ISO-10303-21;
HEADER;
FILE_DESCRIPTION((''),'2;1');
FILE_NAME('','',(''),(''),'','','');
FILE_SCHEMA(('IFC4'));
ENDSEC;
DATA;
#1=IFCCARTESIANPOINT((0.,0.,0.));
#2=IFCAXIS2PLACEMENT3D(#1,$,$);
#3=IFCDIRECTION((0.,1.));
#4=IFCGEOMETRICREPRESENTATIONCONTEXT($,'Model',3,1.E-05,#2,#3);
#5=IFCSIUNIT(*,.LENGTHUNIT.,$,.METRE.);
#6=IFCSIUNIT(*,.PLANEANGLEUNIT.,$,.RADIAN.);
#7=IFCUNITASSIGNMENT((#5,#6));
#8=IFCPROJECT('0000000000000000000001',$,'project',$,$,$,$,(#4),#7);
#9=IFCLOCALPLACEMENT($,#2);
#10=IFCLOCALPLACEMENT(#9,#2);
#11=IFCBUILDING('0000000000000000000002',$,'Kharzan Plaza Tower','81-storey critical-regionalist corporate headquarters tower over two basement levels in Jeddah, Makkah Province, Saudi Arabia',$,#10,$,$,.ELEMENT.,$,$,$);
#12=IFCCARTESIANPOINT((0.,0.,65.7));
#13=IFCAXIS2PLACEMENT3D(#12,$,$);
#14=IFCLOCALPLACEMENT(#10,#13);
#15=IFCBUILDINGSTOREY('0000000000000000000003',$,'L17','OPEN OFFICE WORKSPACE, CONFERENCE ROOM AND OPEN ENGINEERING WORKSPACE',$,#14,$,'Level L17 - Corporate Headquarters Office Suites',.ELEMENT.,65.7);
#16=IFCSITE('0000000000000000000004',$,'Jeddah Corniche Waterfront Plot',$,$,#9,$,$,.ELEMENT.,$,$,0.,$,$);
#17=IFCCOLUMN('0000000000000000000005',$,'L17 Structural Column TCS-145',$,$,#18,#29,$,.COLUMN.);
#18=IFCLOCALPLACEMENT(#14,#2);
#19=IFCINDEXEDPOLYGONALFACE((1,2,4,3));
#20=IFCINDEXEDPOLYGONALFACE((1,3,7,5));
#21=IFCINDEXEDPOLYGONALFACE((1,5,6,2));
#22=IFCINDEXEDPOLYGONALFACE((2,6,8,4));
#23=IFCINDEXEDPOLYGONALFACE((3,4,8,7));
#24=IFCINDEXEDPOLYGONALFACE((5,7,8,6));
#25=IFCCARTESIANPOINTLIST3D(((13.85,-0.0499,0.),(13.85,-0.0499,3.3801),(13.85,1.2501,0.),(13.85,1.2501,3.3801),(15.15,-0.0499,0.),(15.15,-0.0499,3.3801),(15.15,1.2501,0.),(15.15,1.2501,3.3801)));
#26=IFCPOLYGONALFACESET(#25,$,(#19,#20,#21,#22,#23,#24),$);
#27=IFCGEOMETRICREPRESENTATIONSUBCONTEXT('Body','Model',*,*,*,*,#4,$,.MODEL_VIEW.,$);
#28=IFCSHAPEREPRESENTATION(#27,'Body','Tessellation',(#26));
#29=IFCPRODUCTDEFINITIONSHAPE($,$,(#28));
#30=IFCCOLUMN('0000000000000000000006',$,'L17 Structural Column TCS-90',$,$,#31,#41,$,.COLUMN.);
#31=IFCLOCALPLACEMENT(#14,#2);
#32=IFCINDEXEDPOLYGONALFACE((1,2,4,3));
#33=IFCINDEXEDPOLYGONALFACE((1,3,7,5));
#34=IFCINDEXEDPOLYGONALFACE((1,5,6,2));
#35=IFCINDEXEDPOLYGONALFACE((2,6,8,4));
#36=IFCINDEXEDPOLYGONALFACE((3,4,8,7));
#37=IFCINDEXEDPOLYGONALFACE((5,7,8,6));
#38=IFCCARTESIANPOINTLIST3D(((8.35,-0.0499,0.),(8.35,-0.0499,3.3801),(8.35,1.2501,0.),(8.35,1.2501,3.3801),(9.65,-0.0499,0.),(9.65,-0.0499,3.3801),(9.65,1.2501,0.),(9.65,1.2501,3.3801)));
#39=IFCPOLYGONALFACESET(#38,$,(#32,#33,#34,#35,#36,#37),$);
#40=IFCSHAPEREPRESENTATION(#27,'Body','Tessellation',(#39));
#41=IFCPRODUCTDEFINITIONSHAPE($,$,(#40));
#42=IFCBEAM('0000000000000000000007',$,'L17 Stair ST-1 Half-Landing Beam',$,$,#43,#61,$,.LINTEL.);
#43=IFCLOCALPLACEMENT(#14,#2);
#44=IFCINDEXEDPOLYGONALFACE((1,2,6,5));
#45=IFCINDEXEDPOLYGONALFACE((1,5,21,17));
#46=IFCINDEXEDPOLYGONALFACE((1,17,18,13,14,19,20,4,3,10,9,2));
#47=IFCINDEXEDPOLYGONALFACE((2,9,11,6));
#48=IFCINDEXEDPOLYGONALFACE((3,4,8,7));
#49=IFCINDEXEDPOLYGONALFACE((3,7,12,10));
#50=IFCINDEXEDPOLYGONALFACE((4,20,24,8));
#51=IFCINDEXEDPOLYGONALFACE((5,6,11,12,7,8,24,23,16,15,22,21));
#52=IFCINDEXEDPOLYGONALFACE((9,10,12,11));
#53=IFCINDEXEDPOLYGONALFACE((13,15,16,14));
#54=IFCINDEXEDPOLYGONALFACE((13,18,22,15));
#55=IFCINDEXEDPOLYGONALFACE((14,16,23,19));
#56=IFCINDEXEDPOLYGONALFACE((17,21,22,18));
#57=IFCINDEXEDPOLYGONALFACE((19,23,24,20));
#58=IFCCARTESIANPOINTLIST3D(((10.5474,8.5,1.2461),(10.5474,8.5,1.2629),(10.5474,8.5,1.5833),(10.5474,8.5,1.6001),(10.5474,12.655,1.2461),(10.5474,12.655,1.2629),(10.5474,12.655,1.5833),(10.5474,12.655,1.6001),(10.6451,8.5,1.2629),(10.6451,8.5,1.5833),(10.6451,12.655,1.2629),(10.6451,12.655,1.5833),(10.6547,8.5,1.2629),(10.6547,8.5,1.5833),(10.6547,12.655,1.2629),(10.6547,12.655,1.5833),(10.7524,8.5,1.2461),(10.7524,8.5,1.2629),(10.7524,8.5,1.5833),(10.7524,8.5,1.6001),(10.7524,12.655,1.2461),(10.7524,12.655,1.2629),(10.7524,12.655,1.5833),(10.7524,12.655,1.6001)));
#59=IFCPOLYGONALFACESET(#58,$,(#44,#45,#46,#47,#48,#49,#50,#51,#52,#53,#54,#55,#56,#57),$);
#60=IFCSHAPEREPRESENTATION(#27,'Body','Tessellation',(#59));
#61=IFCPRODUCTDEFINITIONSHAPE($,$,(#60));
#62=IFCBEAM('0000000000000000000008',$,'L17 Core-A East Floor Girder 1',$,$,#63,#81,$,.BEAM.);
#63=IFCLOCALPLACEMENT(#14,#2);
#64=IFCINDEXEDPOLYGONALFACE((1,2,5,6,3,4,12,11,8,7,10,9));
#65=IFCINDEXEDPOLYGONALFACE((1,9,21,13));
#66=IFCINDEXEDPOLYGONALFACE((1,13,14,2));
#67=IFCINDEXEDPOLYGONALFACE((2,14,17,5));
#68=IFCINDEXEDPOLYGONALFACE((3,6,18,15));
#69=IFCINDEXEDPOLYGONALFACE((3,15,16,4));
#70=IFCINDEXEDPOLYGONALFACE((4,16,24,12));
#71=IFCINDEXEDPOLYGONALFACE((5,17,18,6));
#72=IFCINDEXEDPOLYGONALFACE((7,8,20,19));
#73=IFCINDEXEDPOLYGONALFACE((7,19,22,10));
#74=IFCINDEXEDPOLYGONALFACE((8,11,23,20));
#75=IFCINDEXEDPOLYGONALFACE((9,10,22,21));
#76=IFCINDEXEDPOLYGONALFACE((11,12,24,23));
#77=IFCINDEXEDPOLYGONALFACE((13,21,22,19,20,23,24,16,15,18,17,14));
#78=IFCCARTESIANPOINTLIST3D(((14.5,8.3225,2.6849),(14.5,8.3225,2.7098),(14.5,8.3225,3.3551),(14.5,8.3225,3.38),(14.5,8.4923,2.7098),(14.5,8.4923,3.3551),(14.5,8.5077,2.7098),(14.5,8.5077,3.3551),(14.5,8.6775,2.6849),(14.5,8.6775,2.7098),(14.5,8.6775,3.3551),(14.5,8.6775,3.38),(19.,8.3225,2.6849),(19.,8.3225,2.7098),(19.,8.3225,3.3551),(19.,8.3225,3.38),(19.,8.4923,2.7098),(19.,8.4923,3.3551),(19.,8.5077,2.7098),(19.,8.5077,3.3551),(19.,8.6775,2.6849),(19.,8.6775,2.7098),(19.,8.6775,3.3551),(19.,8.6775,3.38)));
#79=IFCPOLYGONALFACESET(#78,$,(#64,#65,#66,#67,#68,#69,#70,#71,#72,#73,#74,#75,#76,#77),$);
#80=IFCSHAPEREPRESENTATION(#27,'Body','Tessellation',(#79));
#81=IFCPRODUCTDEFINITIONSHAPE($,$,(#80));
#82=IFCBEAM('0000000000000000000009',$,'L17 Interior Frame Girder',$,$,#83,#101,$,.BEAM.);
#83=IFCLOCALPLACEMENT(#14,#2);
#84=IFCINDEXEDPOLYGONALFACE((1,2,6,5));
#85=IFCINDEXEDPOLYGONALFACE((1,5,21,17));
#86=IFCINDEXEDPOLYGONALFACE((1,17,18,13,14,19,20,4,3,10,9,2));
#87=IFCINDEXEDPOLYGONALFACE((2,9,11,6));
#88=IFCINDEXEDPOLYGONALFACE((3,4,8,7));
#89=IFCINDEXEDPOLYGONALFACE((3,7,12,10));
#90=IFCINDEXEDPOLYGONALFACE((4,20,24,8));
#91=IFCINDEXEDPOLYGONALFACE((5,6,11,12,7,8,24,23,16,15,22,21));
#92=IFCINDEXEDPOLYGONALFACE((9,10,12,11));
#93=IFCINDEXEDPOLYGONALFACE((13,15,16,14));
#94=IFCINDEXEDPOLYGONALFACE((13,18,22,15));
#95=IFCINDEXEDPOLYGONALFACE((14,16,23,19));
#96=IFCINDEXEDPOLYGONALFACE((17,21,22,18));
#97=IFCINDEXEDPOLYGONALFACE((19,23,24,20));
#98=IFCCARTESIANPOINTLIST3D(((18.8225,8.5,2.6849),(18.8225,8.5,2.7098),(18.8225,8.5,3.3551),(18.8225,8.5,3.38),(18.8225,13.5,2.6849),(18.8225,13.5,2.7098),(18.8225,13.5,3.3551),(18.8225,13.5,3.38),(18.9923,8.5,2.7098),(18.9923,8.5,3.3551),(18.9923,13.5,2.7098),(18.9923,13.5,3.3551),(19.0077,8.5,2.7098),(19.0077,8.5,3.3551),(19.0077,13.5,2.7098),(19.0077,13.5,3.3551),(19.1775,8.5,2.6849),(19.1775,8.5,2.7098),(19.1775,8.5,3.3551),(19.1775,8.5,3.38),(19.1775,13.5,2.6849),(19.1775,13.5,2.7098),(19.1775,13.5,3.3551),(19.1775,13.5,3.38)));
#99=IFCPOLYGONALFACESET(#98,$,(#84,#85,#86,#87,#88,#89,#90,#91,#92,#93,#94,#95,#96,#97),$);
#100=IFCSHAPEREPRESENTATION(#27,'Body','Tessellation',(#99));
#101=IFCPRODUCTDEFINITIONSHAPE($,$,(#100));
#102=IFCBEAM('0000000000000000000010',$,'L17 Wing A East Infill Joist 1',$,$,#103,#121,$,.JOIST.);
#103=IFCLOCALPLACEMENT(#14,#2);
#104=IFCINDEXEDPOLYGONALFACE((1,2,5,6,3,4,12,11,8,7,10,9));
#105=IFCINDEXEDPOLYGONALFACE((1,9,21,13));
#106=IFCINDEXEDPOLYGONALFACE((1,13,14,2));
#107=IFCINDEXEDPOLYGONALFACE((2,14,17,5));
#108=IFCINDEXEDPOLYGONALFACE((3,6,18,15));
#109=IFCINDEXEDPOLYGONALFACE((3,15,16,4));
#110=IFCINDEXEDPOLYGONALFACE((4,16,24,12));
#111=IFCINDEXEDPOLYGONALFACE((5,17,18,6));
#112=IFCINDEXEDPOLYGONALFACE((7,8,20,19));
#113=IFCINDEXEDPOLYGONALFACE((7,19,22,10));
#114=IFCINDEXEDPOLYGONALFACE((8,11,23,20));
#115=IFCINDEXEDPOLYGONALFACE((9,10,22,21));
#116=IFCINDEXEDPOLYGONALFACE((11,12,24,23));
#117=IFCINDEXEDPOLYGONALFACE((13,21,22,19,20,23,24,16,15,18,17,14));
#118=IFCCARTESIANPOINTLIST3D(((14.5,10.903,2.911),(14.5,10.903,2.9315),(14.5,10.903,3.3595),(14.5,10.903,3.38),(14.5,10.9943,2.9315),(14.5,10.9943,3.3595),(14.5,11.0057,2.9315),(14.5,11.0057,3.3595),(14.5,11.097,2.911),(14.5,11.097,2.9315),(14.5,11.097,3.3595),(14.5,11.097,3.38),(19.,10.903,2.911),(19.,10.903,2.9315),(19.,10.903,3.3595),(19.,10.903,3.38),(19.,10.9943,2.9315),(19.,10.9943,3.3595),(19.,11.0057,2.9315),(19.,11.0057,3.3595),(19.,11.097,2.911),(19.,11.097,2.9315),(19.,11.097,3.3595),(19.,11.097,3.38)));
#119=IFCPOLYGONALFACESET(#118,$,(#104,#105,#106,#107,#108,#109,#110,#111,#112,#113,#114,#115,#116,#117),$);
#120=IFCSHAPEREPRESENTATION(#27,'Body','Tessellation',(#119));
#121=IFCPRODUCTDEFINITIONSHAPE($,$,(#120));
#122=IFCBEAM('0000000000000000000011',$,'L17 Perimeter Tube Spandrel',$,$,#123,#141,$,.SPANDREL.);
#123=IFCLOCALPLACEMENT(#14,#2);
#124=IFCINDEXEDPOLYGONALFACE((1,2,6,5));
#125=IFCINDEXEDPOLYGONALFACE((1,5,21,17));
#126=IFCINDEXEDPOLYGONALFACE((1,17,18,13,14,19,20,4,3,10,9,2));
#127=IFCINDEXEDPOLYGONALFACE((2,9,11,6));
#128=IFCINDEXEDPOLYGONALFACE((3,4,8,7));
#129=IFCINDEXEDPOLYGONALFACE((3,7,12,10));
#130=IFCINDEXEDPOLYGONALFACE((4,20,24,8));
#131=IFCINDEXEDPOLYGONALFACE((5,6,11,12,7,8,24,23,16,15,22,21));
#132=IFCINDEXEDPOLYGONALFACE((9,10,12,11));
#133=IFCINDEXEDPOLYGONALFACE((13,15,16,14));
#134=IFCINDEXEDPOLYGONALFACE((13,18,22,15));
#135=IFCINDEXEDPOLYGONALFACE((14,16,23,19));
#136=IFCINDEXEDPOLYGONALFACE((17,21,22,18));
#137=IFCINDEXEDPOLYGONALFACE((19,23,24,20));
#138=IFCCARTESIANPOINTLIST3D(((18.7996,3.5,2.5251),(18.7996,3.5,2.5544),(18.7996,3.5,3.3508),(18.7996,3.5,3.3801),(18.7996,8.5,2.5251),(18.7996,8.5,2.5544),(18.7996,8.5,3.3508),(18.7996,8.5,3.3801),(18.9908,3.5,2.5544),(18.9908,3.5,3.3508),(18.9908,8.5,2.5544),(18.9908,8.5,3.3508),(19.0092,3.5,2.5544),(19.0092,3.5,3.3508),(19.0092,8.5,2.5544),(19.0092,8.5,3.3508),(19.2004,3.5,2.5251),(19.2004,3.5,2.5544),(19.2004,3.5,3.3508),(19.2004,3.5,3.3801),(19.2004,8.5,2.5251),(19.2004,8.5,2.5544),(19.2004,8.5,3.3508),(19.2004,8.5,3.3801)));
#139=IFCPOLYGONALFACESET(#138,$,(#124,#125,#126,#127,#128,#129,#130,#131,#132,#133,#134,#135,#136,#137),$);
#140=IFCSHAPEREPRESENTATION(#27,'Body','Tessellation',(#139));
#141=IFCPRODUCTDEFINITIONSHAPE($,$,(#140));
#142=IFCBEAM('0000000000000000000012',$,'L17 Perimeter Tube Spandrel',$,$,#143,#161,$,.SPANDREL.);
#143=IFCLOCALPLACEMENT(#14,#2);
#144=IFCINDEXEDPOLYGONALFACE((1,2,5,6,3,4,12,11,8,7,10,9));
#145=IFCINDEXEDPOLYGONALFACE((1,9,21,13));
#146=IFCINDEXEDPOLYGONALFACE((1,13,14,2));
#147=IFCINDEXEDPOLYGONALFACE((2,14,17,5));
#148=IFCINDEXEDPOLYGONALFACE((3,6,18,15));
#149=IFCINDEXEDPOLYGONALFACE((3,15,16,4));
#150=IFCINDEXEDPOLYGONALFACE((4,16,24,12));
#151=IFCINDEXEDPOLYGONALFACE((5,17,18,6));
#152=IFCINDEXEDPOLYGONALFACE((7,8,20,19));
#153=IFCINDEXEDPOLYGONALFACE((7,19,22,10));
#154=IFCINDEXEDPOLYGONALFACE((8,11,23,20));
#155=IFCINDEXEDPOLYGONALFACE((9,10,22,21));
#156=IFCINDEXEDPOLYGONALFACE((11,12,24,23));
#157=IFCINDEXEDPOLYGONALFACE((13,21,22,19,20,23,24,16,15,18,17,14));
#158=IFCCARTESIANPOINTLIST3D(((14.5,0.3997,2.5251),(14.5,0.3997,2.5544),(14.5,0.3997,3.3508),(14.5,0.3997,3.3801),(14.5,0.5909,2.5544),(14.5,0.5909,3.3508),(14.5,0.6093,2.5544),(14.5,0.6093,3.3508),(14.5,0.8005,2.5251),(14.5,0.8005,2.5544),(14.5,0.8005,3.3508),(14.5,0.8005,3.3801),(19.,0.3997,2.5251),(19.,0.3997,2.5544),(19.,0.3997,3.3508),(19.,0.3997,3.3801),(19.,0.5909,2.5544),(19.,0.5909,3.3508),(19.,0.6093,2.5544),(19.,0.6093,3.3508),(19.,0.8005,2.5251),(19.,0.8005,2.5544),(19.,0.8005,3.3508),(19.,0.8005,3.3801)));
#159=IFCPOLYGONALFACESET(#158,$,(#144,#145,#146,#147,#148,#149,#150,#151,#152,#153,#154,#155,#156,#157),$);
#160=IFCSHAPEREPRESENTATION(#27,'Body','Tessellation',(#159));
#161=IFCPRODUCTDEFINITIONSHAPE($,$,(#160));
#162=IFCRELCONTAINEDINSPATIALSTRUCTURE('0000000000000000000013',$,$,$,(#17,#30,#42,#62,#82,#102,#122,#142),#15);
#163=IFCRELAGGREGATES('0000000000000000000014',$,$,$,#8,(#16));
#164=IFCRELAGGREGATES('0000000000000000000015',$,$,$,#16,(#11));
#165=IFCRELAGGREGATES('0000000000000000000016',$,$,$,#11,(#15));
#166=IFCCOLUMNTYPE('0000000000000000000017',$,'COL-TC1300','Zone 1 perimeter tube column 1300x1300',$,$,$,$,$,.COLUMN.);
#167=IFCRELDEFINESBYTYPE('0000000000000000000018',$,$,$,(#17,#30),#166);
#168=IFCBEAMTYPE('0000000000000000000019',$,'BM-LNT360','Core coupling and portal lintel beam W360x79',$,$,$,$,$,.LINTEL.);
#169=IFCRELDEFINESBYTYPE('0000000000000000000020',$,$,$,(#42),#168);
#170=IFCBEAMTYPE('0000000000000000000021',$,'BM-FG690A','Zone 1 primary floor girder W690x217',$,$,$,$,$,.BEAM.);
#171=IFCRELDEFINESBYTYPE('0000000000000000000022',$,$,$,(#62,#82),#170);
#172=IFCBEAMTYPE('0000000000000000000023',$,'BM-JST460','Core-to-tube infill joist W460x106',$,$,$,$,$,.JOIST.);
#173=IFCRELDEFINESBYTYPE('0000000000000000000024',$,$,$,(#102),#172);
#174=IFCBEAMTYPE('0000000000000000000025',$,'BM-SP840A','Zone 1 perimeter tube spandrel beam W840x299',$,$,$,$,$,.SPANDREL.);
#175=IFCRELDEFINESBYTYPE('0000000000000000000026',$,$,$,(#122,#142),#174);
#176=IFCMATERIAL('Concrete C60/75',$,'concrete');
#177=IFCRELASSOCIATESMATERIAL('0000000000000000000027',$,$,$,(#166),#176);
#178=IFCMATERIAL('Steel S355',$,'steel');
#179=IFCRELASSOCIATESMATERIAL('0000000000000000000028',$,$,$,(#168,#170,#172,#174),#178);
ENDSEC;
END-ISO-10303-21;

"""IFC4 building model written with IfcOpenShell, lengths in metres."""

from ifc_helpers import new_model, si_unit, direction, frame, origin, origin_2d, place, context, subcontext, project, spatial, rectangle, i_section, extrude, source, transform, mapped, material, material_profile, profile_set, type_object, element, save


model = new_model("IFC4")

# Units and contexts
model_context = context("Model", 3, precision=1e-05, world=origin(), true_north=direction((0.0, 1.0)))
body_context = subcontext(model_context, "Body", "Model", "MODEL_VIEW")
ifc_project = project(units=[si_unit("LENGTHUNIT", "METRE"), si_unit("PLANEANGLEUNIT", "RADIAN")], contexts=[model_context])

# Site, building, storey
site_placement = place(None, origin())
site = spatial("IfcSite", under=ifc_project, at=site_placement, Name="Jeddah Corniche Waterfront Plot", CompositionType="ELEMENT", RefElevation=0.0)
building_placement = place(site_placement, origin())
building = spatial("IfcBuilding", under=site, at=building_placement, Name="Kharzan Plaza Tower", Description="81-storey critical-regionalist corporate headquarters tower over two basement levels in Jeddah, Makkah Province, Saudi Arabia", CompositionType="ELEMENT")
storey_placement = place(building_placement, frame((0.0, 0.0, 65.7)))
storey = spatial("IfcBuildingStorey", under=building, at=storey_placement, Name="L17", Description="OPEN OFFICE WORKSPACE, CONFERENCE ROOM AND OPEN ENGINEERING WORKSPACE", LongName="Level L17 - Corporate Headquarters Office Suites", CompositionType="ELEMENT", Elevation=65.7)

# Columns
ifc_material_1 = material(Name="Concrete C60/75", Category="concrete")
ifc_material_profile_1 = material_profile(ifc_material_1, rectangle(XDim=1.3, YDim=1.3, at=origin_2d()), Name="RC-TC1300x1300")
ifc_profile_set_1 = profile_set([ifc_material_profile_1], Name="Concrete C60/75")
column_type = type_object("IfcColumnType", Name="COL-TC1300", Description="Zone 1 perimeter tube column 1300x1300", PredefinedType="COLUMN", material=ifc_profile_set_1)
shared_shape_1 = source(origin(), body_context, "Body", "SweptSolid", [
    extrude(rectangle(XDim=1.3, YDim=1.3, at=origin_2d()), origin(), (0.0, 0.0, 1.0), 3.3801),
])
for number, where, z_axis, x_axis, name in (
    (1, (14.5, 0.6001, 0.0), (0.0, 0.0, 1.0), (1.0, 0.0, 0.0), "L17 Structural Column TCS-145"),
    (2, (9.0, 0.6001, 0.0), (0.0, 0.0, 1.0), (1.0, 0.0, 0.0), "L17 Structural Column TCS-90"),
):
    element("IfcColumn", number, at=place(storey_placement, frame(where, z_axis=z_axis, x_axis=x_axis)), inside=storey, type_object=column_type, Name=name, PredefinedType="COLUMN", context=body_context, shape_type="MappedRepresentation", body=[
        mapped(shared_shape_1, transform((0.0, 0.0, 0.0), x_axis=(1.0, 0.0, 0.0), y_axis=(0.0, 1.0, 0.0), z_axis=(0.0, 0.0, 1.0))),
    ])

# Beams
ifc_material_2 = material(Name="Steel S355", Category="steel")
ifc_material_profile_2 = material_profile(ifc_material_2, i_section(OverallWidth=0.2051, OverallDepth=0.354, WebThickness=0.0095, FlangeThickness=0.0168, at=origin_2d()), Name="W360x79")
ifc_profile_set_2 = profile_set([ifc_material_profile_2], Name="Steel S355")
beam_type_1 = type_object("IfcBeamType", Name="BM-LNT360", Description="Core coupling and portal lintel beam W360x79", PredefinedType="LINTEL", material=ifc_profile_set_2)
shared_shape_2 = source(origin(), body_context, "Body", "SweptSolid", [
    extrude(i_section(OverallWidth=0.2051, OverallDepth=0.354, WebThickness=0.0095, FlangeThickness=0.0168, at=origin_2d()), origin(), (0.0, 0.0, 1.0), 4.155),
])
beam_1_placement = place(storey_placement, frame((10.6499, 8.5, 1.4231), z_axis=(0.0, 1.0, 0.0), x_axis=(-1.0, 0.0, 0.0)))
element("IfcBeam", 3, at=beam_1_placement, inside=storey, type_object=beam_type_1, Name="L17 Stair ST-1 Half-Landing Beam", PredefinedType="LINTEL", context=body_context, shape_type="MappedRepresentation", body=[
    mapped(shared_shape_2, transform((0.0, 0.0, 0.0), x_axis=(1.0, 0.0, 0.0), y_axis=(0.0, 1.0, 0.0), z_axis=(0.0, 0.0, 1.0))),
])
ifc_material_profile_3 = material_profile(ifc_material_2, i_section(OverallWidth=0.355, OverallDepth=0.6951, WebThickness=0.0154, FlangeThickness=0.0249, at=origin_2d()), Name="W690x217")
ifc_profile_set_3 = profile_set([ifc_material_profile_3], Name="Steel S355")
beam_type_2 = type_object("IfcBeamType", Name="BM-FG690A", Description="Zone 1 primary floor girder W690x217", PredefinedType="BEAM", material=ifc_profile_set_3)
shared_shape_3 = source(origin(), body_context, "Body", "SweptSolid", [
    extrude(i_section(OverallWidth=0.355, OverallDepth=0.6951, WebThickness=0.0154, FlangeThickness=0.0249, at=origin_2d()), origin(), (0.0, 0.0, 1.0), 4.5),
])
beam_2_placement = place(storey_placement, frame((14.5, 8.5, 3.0325), z_axis=(1.0, 0.0, 0.0), x_axis=(0.0, 1.0, 0.0)))
element("IfcBeam", 4, at=beam_2_placement, inside=storey, type_object=beam_type_2, Name="L17 Core-A East Floor Girder 1", PredefinedType="BEAM", context=body_context, shape_type="MappedRepresentation", body=[
    mapped(shared_shape_3, transform((0.0, 0.0, 0.0), x_axis=(1.0, 0.0, 0.0), y_axis=(0.0, 1.0, 0.0), z_axis=(0.0, 0.0, 1.0))),
])
shared_shape_4 = source(origin(), body_context, "Body", "SweptSolid", [
    extrude(i_section(OverallWidth=0.355, OverallDepth=0.6951, WebThickness=0.0154, FlangeThickness=0.0249, at=origin_2d()), origin(), (0.0, 0.0, 1.0), 5.0),
])
beam_3_placement = place(storey_placement, frame((19.0, 8.5, 3.0325), z_axis=(0.0, 1.0, 0.0), x_axis=(-1.0, 0.0, 0.0)))
element("IfcBeam", 5, at=beam_3_placement, inside=storey, type_object=beam_type_2, Name="L17 Interior Frame Girder", PredefinedType="BEAM", context=body_context, shape_type="MappedRepresentation", body=[
    mapped(shared_shape_4, transform((0.0, 0.0, 0.0), x_axis=(1.0, 0.0, 0.0), y_axis=(0.0, 1.0, 0.0), z_axis=(0.0, 0.0, 1.0))),
])
ifc_material_profile_4 = material_profile(ifc_material_2, i_section(OverallWidth=0.1941, OverallDepth=0.469, WebThickness=0.0115, FlangeThickness=0.0205, at=origin_2d()), Name="W460x106")
ifc_profile_set_4 = profile_set([ifc_material_profile_4], Name="Steel S355")
beam_type_3 = type_object("IfcBeamType", Name="BM-JST460", Description="Core-to-tube infill joist W460x106", PredefinedType="JOIST", material=ifc_profile_set_4)
shared_shape_5 = source(origin(), body_context, "Body", "SweptSolid", [
    extrude(i_section(OverallWidth=0.1941, OverallDepth=0.469, WebThickness=0.0115, FlangeThickness=0.0205, at=origin_2d()), origin(), (0.0, 0.0, 1.0), 4.5),
])
beam_4_placement = place(storey_placement, frame((14.5, 11.0, 3.1455), z_axis=(1.0, 0.0, 0.0), x_axis=(0.0, 1.0, 0.0)))
element("IfcBeam", 6, at=beam_4_placement, inside=storey, type_object=beam_type_3, Name="L17 Wing A East Infill Joist 1", PredefinedType="JOIST", context=body_context, shape_type="MappedRepresentation", body=[
    mapped(shared_shape_5, transform((0.0, 0.0, 0.0), x_axis=(1.0, 0.0, 0.0), y_axis=(0.0, 1.0, 0.0), z_axis=(0.0, 0.0, 1.0))),
])
ifc_material_profile_5 = material_profile(ifc_material_2, i_section(OverallWidth=0.4009, OverallDepth=0.855, WebThickness=0.0183, FlangeThickness=0.0293, at=origin_2d()), Name="W840x299")
ifc_profile_set_5 = profile_set([ifc_material_profile_5], Name="Steel S355")
beam_type_4 = type_object("IfcBeamType", Name="BM-SP840A", Description="Zone 1 perimeter tube spandrel beam W840x299", PredefinedType="SPANDREL", material=ifc_profile_set_5)
shared_shape_6 = source(origin(), body_context, "Body", "SweptSolid", [
    extrude(i_section(OverallWidth=0.4009, OverallDepth=0.855, WebThickness=0.0183, FlangeThickness=0.0293, at=origin_2d()), origin(), (0.0, 0.0, 1.0), 5.0),
])
beam_5_placement = place(storey_placement, frame((19.0, 3.5, 2.9526), z_axis=(0.0, 1.0, 0.0), x_axis=(-1.0, 0.0, 0.0)))
element("IfcBeam", 7, at=beam_5_placement, inside=storey, type_object=beam_type_4, Name="L17 Perimeter Tube Spandrel", PredefinedType="SPANDREL", context=body_context, shape_type="MappedRepresentation", body=[
    mapped(shared_shape_6, transform((0.0, 0.0, 0.0), x_axis=(1.0, 0.0, 0.0), y_axis=(0.0, 1.0, 0.0), z_axis=(0.0, 0.0, 1.0))),
])
shared_shape_7 = source(origin(), body_context, "Body", "SweptSolid", [
    extrude(i_section(OverallWidth=0.4009, OverallDepth=0.855, WebThickness=0.0183, FlangeThickness=0.0293, at=origin_2d()), origin(), (0.0, 0.0, 1.0), 4.5),
])
beam_6_placement = place(storey_placement, frame((14.5, 0.6001, 2.9526), z_axis=(1.0, 0.0, 0.0), x_axis=(0.0, 1.0, 0.0)))
element("IfcBeam", 8, at=beam_6_placement, inside=storey, type_object=beam_type_4, Name="L17 Perimeter Tube Spandrel", PredefinedType="SPANDREL", context=body_context, shape_type="MappedRepresentation", body=[
    mapped(shared_shape_7, transform((0.0, 0.0, 0.0), x_axis=(1.0, 0.0, 0.0), y_axis=(0.0, 1.0, 0.0), z_axis=(0.0, 0.0, 1.0))),
])

save(model, "model.ifc")
